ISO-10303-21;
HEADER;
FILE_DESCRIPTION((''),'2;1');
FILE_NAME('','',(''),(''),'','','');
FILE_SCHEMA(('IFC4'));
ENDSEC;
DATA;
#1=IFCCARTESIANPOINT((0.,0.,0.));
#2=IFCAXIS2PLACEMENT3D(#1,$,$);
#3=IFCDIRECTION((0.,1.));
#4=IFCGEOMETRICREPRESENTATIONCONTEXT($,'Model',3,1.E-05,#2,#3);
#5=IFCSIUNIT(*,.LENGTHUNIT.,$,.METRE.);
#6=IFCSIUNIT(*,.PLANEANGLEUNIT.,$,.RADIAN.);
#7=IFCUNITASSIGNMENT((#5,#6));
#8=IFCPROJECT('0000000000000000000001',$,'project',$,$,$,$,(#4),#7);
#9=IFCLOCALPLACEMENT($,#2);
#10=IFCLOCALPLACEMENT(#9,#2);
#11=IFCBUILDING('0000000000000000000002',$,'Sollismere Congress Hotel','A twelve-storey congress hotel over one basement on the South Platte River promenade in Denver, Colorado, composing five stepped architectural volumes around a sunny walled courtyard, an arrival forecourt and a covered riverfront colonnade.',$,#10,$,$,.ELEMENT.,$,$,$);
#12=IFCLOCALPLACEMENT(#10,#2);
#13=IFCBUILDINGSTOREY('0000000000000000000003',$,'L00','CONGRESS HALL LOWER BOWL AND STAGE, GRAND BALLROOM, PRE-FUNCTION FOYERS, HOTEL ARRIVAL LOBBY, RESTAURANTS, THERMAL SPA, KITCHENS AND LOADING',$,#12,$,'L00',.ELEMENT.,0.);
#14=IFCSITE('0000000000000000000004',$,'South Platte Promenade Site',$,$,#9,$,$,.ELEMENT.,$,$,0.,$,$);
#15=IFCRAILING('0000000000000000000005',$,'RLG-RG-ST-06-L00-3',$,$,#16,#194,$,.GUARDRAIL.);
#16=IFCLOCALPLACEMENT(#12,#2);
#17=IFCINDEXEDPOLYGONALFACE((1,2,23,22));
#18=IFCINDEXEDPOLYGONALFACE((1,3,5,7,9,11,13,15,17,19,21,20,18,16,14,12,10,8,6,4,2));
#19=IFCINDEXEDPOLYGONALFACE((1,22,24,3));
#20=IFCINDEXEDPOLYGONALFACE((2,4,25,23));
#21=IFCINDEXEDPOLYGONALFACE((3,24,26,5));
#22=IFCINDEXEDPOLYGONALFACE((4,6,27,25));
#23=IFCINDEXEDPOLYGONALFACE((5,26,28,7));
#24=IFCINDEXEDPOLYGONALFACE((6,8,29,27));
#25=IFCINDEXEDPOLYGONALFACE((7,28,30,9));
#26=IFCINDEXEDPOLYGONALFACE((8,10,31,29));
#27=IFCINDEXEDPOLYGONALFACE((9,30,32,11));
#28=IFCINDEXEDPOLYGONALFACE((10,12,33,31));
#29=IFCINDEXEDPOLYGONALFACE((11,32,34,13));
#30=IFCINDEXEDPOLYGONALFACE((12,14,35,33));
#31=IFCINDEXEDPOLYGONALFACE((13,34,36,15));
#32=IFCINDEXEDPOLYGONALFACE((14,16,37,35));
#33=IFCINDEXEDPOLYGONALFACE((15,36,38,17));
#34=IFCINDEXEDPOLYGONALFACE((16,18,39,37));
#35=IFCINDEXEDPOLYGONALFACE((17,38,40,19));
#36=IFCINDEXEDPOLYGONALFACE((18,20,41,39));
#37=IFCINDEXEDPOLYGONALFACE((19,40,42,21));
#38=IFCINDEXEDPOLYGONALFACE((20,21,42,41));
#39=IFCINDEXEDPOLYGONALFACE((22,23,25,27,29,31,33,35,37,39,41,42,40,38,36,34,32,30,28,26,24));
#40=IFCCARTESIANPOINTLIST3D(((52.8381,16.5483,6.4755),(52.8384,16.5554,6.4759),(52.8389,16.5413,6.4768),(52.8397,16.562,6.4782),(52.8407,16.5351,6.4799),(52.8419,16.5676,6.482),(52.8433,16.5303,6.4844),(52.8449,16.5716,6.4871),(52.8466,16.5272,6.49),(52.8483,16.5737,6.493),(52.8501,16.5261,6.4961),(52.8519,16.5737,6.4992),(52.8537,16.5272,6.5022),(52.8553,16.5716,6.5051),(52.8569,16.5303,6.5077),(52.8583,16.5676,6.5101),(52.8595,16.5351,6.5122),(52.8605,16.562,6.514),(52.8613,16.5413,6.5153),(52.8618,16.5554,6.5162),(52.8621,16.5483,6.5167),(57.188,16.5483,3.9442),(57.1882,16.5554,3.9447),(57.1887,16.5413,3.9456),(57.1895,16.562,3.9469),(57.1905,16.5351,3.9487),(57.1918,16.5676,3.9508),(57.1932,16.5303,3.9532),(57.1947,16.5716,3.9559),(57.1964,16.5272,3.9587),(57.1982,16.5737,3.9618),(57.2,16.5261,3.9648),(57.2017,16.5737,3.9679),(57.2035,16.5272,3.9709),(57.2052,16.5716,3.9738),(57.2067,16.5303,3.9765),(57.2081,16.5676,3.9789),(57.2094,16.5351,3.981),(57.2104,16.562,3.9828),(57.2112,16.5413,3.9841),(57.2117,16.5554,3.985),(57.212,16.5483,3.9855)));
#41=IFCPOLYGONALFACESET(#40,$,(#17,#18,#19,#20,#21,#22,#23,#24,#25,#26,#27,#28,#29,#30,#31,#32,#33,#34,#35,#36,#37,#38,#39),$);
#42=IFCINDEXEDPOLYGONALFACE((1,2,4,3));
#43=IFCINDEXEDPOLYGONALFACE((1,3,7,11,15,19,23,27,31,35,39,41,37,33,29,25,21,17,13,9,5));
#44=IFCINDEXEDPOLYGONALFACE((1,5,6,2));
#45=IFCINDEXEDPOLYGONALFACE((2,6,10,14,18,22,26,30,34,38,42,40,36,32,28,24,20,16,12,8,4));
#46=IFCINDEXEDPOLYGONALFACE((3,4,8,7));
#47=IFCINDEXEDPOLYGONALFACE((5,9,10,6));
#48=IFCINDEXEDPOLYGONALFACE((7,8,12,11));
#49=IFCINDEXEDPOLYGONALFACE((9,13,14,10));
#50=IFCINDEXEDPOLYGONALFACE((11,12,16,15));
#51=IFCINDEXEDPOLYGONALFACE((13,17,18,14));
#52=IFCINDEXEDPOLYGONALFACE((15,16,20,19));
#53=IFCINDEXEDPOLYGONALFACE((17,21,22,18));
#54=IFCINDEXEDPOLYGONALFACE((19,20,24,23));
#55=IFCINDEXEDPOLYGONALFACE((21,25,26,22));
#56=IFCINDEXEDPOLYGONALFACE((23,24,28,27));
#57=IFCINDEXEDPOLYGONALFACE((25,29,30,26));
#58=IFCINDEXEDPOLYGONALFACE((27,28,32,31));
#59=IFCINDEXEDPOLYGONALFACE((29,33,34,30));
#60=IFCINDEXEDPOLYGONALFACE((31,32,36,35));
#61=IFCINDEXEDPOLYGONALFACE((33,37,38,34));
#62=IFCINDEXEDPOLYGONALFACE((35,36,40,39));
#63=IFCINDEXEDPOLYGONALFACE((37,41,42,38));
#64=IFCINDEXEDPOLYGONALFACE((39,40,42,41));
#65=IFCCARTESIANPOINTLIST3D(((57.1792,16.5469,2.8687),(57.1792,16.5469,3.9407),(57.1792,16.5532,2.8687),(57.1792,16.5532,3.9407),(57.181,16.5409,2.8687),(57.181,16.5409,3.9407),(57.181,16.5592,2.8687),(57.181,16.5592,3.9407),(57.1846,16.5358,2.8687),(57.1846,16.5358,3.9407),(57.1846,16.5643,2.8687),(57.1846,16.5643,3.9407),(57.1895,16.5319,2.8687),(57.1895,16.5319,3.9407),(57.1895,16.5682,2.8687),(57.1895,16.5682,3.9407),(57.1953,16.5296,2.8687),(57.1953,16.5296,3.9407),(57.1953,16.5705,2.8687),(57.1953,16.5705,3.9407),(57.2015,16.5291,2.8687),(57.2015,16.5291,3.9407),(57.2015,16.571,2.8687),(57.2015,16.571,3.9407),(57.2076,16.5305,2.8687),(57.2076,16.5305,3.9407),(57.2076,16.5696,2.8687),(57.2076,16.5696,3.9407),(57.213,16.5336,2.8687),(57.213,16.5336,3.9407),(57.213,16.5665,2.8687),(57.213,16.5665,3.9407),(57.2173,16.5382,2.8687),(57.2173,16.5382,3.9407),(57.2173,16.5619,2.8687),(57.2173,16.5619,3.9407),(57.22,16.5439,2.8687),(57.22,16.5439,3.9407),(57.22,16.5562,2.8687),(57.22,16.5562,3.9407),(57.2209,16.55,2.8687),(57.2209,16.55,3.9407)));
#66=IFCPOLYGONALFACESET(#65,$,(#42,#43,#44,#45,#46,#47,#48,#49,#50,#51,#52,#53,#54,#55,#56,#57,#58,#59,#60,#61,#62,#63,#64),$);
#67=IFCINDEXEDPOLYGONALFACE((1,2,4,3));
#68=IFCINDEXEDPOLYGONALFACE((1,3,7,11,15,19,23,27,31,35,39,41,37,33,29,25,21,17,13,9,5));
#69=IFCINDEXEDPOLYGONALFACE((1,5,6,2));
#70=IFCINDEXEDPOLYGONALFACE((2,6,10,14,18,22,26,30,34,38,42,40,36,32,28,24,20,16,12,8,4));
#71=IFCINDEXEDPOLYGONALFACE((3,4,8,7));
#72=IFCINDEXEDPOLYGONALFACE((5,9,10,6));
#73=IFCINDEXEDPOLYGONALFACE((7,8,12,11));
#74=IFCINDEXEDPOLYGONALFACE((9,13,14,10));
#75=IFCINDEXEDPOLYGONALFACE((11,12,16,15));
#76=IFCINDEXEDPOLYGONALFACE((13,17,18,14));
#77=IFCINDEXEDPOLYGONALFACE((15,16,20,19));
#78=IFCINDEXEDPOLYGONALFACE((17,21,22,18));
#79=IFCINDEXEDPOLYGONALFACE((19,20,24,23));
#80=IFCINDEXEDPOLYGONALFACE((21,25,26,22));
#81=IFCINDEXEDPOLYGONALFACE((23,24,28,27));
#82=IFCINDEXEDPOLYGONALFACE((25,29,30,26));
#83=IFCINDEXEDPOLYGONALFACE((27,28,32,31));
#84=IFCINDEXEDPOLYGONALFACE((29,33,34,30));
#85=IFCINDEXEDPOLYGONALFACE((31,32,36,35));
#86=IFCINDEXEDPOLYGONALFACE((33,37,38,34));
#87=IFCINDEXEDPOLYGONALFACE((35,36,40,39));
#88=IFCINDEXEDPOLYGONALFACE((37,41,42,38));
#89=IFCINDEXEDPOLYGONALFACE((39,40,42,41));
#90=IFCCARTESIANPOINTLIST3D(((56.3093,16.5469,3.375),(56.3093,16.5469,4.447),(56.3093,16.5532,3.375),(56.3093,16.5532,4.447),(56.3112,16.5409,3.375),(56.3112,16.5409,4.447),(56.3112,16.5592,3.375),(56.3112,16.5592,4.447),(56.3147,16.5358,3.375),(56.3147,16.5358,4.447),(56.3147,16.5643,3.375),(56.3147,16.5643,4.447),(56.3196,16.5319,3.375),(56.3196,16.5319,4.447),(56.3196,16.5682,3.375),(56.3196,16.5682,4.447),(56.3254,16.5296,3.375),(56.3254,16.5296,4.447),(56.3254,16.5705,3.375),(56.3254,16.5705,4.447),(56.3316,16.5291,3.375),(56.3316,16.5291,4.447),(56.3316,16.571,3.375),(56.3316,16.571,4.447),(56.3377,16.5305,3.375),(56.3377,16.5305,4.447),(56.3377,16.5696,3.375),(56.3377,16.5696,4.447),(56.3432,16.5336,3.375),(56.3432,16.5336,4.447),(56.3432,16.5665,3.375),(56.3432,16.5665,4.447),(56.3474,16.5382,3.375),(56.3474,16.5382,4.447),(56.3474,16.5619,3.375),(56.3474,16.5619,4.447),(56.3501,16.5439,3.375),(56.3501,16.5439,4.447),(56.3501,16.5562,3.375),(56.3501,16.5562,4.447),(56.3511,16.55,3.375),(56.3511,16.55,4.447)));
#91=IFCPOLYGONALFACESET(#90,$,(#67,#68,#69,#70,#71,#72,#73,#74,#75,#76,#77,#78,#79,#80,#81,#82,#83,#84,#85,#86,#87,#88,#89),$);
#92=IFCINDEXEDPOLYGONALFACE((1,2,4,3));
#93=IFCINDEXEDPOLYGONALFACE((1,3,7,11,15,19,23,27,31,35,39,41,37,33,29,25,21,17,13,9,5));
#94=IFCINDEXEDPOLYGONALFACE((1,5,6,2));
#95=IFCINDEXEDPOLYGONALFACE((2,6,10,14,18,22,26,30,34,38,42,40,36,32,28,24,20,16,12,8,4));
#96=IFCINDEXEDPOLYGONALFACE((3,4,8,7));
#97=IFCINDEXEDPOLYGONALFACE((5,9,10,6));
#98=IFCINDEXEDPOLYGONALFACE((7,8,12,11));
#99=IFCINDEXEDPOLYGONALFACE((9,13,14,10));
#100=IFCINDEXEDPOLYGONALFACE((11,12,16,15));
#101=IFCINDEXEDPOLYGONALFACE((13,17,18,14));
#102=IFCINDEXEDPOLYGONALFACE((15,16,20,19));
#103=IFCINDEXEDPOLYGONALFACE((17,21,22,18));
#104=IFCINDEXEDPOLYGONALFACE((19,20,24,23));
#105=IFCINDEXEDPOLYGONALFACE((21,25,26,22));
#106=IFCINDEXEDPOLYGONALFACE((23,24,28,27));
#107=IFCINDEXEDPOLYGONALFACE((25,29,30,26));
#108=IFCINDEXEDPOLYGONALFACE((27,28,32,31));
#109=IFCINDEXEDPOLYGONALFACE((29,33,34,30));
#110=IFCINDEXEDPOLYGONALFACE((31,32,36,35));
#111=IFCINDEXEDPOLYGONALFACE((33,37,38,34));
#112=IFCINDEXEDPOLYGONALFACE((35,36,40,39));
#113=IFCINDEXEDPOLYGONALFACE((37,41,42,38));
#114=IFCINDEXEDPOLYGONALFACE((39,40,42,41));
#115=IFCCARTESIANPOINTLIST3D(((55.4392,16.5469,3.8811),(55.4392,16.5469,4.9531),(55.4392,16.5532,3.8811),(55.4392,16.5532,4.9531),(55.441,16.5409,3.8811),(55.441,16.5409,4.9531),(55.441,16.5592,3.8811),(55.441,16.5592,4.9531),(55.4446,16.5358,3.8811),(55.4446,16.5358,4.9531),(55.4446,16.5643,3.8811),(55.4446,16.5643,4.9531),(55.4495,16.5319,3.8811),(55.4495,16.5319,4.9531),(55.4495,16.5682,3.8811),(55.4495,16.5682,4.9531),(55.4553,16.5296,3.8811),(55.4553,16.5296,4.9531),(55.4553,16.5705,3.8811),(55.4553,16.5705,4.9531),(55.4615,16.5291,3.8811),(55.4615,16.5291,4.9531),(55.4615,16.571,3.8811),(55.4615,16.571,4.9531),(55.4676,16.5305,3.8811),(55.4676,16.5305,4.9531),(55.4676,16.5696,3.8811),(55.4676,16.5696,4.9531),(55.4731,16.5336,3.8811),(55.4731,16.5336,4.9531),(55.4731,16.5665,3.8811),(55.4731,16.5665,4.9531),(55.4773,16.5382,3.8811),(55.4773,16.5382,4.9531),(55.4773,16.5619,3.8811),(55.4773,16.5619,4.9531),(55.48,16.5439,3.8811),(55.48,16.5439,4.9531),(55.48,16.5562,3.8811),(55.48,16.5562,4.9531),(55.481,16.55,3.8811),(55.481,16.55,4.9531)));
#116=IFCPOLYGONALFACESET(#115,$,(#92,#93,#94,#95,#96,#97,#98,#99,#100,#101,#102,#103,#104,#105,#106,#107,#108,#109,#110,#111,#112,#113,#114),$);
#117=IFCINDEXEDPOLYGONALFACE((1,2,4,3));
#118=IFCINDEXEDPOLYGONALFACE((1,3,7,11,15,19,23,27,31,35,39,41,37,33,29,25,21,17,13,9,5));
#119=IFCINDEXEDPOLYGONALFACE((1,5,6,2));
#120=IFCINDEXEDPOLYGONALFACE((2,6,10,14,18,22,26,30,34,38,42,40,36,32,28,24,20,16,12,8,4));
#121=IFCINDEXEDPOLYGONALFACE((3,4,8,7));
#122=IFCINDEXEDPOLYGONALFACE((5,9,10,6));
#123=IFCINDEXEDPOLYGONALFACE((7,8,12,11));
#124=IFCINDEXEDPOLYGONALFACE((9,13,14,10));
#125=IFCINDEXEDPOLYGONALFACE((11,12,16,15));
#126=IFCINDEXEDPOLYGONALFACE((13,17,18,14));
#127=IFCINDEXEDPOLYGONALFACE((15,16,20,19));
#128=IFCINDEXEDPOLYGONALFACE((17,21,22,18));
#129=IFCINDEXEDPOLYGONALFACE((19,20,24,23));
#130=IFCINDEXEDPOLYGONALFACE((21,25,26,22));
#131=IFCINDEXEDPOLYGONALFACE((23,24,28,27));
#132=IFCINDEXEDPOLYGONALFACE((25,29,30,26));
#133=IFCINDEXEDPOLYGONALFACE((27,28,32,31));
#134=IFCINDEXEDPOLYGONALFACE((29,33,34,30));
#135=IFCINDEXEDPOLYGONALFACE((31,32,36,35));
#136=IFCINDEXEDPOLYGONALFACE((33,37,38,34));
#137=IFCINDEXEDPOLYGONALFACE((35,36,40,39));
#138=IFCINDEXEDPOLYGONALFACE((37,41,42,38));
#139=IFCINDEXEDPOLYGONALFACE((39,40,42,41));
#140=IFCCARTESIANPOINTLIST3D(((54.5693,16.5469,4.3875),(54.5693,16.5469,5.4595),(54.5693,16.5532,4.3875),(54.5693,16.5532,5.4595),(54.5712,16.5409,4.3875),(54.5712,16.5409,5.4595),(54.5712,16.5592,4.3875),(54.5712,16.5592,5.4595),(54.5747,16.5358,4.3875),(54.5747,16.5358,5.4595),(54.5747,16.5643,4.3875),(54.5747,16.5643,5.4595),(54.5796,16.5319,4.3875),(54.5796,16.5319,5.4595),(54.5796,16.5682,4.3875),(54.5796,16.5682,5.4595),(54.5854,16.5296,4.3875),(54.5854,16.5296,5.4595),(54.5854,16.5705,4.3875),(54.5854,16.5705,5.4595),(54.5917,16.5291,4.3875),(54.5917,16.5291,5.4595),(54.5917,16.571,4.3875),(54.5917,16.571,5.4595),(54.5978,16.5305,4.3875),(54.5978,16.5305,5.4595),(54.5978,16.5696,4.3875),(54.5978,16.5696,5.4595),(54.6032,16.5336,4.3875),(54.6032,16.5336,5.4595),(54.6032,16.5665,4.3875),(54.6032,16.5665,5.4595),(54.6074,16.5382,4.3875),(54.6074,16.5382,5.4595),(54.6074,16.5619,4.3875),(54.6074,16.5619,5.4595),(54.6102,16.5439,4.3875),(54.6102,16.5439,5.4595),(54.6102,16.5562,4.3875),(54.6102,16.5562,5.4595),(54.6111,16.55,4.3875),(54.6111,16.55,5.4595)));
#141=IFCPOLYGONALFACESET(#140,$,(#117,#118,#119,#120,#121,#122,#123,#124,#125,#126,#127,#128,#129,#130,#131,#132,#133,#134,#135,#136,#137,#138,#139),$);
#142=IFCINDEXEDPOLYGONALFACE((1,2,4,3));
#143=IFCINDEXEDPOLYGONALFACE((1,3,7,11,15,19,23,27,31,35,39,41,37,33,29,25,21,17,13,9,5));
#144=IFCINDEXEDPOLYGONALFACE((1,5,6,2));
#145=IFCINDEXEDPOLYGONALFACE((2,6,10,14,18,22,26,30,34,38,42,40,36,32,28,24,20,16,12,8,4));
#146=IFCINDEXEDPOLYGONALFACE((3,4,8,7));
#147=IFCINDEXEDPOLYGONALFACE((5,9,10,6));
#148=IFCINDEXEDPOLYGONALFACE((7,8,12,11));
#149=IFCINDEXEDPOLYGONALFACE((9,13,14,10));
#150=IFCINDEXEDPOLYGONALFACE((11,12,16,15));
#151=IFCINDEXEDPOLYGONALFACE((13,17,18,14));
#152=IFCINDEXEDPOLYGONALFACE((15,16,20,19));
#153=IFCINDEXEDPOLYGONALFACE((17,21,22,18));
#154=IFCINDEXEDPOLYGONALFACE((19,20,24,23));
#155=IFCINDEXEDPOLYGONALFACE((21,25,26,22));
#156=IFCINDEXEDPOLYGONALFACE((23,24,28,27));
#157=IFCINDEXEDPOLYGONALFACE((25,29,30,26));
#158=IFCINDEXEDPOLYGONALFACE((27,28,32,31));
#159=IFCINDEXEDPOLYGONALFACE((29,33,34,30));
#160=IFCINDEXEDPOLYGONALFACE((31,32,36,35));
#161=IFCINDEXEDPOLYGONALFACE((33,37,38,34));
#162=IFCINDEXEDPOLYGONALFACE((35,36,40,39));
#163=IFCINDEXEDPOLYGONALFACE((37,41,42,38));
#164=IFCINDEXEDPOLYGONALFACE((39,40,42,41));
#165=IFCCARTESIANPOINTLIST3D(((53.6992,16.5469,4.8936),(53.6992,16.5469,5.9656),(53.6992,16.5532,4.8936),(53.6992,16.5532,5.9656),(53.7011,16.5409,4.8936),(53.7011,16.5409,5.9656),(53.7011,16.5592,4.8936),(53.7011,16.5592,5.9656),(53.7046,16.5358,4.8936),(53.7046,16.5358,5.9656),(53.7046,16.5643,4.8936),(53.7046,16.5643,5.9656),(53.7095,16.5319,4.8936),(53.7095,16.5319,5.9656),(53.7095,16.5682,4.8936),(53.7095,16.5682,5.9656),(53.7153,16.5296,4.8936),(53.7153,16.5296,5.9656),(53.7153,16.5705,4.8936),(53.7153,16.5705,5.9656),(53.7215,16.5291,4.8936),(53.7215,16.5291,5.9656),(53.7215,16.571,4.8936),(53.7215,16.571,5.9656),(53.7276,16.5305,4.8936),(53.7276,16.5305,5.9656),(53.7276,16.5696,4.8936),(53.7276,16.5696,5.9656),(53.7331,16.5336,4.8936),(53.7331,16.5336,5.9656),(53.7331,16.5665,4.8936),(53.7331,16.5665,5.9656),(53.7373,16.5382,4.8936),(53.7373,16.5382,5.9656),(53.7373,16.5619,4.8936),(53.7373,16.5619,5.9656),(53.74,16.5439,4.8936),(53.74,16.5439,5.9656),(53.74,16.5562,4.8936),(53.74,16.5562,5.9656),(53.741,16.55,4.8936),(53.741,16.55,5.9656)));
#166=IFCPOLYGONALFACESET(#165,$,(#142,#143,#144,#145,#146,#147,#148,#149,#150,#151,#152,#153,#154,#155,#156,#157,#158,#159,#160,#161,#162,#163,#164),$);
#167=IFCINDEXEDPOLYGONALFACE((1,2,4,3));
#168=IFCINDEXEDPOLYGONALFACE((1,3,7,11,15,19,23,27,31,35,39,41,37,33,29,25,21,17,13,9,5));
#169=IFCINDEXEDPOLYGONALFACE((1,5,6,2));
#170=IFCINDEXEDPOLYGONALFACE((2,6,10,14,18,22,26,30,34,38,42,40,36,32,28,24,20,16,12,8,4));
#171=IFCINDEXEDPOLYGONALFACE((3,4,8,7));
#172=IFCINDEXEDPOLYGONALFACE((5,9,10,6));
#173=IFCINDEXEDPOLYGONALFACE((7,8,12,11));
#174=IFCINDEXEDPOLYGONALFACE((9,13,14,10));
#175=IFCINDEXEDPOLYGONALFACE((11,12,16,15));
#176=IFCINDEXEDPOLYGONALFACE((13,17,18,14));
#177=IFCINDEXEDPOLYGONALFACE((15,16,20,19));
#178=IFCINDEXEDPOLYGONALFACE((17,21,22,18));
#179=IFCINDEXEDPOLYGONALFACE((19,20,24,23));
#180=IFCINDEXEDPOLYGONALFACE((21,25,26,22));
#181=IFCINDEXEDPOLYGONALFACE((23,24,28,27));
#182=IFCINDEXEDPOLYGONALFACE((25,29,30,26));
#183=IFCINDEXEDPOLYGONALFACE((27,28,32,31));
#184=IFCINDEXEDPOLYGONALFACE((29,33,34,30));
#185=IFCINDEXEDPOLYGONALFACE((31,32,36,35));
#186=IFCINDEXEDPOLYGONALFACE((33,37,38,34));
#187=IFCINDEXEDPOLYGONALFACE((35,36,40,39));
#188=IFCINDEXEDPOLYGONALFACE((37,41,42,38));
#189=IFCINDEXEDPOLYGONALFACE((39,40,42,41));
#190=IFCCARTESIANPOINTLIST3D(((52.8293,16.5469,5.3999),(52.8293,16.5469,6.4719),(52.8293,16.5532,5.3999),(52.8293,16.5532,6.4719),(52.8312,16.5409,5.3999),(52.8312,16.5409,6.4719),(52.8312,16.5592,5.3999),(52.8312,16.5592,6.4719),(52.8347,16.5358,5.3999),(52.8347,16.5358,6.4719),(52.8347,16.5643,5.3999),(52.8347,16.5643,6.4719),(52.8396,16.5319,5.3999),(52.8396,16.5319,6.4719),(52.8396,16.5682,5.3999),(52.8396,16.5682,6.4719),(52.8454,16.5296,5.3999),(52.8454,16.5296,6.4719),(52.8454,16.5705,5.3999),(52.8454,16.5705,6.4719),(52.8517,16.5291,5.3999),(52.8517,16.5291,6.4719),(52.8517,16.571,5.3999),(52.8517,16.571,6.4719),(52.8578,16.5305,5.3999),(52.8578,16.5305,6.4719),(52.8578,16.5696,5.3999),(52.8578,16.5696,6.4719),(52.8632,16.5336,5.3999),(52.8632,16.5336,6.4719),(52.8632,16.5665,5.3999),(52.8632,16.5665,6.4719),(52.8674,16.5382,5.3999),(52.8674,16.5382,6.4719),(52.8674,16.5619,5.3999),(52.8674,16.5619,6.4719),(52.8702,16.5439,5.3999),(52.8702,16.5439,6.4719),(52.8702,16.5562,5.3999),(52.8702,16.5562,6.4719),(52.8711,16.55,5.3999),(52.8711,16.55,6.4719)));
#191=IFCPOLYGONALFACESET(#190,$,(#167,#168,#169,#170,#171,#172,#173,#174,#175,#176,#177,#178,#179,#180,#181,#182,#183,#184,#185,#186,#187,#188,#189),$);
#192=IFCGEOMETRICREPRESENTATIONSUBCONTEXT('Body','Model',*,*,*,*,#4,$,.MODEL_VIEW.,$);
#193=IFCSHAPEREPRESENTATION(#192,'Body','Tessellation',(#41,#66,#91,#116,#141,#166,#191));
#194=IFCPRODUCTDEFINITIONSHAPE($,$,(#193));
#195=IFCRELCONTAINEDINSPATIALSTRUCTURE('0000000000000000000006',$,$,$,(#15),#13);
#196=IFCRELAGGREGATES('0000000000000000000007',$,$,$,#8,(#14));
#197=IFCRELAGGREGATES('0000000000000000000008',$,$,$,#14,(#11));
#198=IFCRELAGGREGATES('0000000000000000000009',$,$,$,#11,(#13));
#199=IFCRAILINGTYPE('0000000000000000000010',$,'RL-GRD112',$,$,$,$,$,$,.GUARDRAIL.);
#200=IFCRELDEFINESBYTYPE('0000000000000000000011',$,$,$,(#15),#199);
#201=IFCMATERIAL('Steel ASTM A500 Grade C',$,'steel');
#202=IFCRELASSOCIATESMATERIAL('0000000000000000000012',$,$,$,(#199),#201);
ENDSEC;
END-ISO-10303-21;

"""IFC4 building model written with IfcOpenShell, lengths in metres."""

from ifc_helpers import new_model, si_unit, direction, frame, origin, origin_2d, place, context, subcontext, project, spatial, circle, extrude, material, type_object, element, save


model = new_model("IFC4")

# Units and contexts
model_context = context("Model", 3, precision=1e-05, world=origin(), true_north=direction((0.0, 1.0)))
body_context = subcontext(model_context, "Body", "Model", "MODEL_VIEW")
ifc_project = project(units=[si_unit("LENGTHUNIT", "METRE"), si_unit("PLANEANGLEUNIT", "RADIAN")], contexts=[model_context])

# Site, building, storey
site_placement = place(None, origin())
site = spatial("IfcSite", under=ifc_project, at=site_placement, Name="South Platte Promenade Site", CompositionType="ELEMENT", RefElevation=0.0)
building_placement = place(site_placement, origin())
building = spatial("IfcBuilding", under=site, at=building_placement, Name="Sollismere Congress Hotel", Description="A twelve-storey congress hotel over one basement on the South Platte River promenade in Denver, Colorado, composing five stepped architectural volumes around a sunny walled courtyard, an arrival forecourt and a covered riverfront colonnade.", CompositionType="ELEMENT")
storey_placement = place(building_placement, origin())
storey = spatial("IfcBuildingStorey", under=building, at=storey_placement, Name="L00", Description="CONGRESS HALL LOWER BOWL AND STAGE, GRAND BALLROOM, PRE-FUNCTION FOYERS, HOTEL ARRIVAL LOBBY, RESTAURANTS, THERMAL SPA, KITCHENS AND LOADING", LongName="L00", CompositionType="ELEMENT", Elevation=0.0)

# Railing
ifc_material_1 = material(Name="Steel ASTM A500 Grade C", Category="steel")
railing_type_1 = type_object("IfcRailingType", Name="RL-GRD112", PredefinedType="GUARDRAIL", material=ifc_material_1)
railing_1_placement = place(storey_placement, frame((57.2, 16.55, 2.8687)))
element("IfcRailing", 1, at=railing_1_placement, inside=storey, type_object=railing_type_1, Name="RLG-RG-ST-06-L00-3", PredefinedType="GUARDRAIL", context=body_context, shape_type="SweptSolid", body=[
    extrude(circle(Radius=0.0239, at=origin_2d()), frame((0.0, 0.0, 1.0962), z_axis=(-0.864312, 0.0, 0.502957), x_axis=(0.0, -1.0, 0.0)), (0.0, 0.0, 1.0), 5.0327),
    extrude(circle(Radius=0.021, at=origin_2d()), origin(), (0.0, 0.0, 1.0), 1.072),
    extrude(circle(Radius=0.021, at=origin_2d()), frame((-0.8699, 0.0, 0.5063)), (0.0, 0.0, 1.0), 1.072),
    extrude(circle(Radius=0.021, at=origin_2d()), frame((-1.74, 0.0, 1.0125)), (0.0, 0.0, 1.0), 1.072),
    extrude(circle(Radius=0.021, at=origin_2d()), frame((-2.6099, 0.0, 1.5188)), (0.0, 0.0, 1.0), 1.072),
    extrude(circle(Radius=0.021, at=origin_2d()), frame((-3.48, 0.0, 2.0249)), (0.0, 0.0, 1.0), 1.072),
    extrude(circle(Radius=0.021, at=origin_2d()), frame((-4.3499, 0.0, 2.5312)), (0.0, 0.0, 1.0), 1.072),
])

save(model, "model.ifc")
